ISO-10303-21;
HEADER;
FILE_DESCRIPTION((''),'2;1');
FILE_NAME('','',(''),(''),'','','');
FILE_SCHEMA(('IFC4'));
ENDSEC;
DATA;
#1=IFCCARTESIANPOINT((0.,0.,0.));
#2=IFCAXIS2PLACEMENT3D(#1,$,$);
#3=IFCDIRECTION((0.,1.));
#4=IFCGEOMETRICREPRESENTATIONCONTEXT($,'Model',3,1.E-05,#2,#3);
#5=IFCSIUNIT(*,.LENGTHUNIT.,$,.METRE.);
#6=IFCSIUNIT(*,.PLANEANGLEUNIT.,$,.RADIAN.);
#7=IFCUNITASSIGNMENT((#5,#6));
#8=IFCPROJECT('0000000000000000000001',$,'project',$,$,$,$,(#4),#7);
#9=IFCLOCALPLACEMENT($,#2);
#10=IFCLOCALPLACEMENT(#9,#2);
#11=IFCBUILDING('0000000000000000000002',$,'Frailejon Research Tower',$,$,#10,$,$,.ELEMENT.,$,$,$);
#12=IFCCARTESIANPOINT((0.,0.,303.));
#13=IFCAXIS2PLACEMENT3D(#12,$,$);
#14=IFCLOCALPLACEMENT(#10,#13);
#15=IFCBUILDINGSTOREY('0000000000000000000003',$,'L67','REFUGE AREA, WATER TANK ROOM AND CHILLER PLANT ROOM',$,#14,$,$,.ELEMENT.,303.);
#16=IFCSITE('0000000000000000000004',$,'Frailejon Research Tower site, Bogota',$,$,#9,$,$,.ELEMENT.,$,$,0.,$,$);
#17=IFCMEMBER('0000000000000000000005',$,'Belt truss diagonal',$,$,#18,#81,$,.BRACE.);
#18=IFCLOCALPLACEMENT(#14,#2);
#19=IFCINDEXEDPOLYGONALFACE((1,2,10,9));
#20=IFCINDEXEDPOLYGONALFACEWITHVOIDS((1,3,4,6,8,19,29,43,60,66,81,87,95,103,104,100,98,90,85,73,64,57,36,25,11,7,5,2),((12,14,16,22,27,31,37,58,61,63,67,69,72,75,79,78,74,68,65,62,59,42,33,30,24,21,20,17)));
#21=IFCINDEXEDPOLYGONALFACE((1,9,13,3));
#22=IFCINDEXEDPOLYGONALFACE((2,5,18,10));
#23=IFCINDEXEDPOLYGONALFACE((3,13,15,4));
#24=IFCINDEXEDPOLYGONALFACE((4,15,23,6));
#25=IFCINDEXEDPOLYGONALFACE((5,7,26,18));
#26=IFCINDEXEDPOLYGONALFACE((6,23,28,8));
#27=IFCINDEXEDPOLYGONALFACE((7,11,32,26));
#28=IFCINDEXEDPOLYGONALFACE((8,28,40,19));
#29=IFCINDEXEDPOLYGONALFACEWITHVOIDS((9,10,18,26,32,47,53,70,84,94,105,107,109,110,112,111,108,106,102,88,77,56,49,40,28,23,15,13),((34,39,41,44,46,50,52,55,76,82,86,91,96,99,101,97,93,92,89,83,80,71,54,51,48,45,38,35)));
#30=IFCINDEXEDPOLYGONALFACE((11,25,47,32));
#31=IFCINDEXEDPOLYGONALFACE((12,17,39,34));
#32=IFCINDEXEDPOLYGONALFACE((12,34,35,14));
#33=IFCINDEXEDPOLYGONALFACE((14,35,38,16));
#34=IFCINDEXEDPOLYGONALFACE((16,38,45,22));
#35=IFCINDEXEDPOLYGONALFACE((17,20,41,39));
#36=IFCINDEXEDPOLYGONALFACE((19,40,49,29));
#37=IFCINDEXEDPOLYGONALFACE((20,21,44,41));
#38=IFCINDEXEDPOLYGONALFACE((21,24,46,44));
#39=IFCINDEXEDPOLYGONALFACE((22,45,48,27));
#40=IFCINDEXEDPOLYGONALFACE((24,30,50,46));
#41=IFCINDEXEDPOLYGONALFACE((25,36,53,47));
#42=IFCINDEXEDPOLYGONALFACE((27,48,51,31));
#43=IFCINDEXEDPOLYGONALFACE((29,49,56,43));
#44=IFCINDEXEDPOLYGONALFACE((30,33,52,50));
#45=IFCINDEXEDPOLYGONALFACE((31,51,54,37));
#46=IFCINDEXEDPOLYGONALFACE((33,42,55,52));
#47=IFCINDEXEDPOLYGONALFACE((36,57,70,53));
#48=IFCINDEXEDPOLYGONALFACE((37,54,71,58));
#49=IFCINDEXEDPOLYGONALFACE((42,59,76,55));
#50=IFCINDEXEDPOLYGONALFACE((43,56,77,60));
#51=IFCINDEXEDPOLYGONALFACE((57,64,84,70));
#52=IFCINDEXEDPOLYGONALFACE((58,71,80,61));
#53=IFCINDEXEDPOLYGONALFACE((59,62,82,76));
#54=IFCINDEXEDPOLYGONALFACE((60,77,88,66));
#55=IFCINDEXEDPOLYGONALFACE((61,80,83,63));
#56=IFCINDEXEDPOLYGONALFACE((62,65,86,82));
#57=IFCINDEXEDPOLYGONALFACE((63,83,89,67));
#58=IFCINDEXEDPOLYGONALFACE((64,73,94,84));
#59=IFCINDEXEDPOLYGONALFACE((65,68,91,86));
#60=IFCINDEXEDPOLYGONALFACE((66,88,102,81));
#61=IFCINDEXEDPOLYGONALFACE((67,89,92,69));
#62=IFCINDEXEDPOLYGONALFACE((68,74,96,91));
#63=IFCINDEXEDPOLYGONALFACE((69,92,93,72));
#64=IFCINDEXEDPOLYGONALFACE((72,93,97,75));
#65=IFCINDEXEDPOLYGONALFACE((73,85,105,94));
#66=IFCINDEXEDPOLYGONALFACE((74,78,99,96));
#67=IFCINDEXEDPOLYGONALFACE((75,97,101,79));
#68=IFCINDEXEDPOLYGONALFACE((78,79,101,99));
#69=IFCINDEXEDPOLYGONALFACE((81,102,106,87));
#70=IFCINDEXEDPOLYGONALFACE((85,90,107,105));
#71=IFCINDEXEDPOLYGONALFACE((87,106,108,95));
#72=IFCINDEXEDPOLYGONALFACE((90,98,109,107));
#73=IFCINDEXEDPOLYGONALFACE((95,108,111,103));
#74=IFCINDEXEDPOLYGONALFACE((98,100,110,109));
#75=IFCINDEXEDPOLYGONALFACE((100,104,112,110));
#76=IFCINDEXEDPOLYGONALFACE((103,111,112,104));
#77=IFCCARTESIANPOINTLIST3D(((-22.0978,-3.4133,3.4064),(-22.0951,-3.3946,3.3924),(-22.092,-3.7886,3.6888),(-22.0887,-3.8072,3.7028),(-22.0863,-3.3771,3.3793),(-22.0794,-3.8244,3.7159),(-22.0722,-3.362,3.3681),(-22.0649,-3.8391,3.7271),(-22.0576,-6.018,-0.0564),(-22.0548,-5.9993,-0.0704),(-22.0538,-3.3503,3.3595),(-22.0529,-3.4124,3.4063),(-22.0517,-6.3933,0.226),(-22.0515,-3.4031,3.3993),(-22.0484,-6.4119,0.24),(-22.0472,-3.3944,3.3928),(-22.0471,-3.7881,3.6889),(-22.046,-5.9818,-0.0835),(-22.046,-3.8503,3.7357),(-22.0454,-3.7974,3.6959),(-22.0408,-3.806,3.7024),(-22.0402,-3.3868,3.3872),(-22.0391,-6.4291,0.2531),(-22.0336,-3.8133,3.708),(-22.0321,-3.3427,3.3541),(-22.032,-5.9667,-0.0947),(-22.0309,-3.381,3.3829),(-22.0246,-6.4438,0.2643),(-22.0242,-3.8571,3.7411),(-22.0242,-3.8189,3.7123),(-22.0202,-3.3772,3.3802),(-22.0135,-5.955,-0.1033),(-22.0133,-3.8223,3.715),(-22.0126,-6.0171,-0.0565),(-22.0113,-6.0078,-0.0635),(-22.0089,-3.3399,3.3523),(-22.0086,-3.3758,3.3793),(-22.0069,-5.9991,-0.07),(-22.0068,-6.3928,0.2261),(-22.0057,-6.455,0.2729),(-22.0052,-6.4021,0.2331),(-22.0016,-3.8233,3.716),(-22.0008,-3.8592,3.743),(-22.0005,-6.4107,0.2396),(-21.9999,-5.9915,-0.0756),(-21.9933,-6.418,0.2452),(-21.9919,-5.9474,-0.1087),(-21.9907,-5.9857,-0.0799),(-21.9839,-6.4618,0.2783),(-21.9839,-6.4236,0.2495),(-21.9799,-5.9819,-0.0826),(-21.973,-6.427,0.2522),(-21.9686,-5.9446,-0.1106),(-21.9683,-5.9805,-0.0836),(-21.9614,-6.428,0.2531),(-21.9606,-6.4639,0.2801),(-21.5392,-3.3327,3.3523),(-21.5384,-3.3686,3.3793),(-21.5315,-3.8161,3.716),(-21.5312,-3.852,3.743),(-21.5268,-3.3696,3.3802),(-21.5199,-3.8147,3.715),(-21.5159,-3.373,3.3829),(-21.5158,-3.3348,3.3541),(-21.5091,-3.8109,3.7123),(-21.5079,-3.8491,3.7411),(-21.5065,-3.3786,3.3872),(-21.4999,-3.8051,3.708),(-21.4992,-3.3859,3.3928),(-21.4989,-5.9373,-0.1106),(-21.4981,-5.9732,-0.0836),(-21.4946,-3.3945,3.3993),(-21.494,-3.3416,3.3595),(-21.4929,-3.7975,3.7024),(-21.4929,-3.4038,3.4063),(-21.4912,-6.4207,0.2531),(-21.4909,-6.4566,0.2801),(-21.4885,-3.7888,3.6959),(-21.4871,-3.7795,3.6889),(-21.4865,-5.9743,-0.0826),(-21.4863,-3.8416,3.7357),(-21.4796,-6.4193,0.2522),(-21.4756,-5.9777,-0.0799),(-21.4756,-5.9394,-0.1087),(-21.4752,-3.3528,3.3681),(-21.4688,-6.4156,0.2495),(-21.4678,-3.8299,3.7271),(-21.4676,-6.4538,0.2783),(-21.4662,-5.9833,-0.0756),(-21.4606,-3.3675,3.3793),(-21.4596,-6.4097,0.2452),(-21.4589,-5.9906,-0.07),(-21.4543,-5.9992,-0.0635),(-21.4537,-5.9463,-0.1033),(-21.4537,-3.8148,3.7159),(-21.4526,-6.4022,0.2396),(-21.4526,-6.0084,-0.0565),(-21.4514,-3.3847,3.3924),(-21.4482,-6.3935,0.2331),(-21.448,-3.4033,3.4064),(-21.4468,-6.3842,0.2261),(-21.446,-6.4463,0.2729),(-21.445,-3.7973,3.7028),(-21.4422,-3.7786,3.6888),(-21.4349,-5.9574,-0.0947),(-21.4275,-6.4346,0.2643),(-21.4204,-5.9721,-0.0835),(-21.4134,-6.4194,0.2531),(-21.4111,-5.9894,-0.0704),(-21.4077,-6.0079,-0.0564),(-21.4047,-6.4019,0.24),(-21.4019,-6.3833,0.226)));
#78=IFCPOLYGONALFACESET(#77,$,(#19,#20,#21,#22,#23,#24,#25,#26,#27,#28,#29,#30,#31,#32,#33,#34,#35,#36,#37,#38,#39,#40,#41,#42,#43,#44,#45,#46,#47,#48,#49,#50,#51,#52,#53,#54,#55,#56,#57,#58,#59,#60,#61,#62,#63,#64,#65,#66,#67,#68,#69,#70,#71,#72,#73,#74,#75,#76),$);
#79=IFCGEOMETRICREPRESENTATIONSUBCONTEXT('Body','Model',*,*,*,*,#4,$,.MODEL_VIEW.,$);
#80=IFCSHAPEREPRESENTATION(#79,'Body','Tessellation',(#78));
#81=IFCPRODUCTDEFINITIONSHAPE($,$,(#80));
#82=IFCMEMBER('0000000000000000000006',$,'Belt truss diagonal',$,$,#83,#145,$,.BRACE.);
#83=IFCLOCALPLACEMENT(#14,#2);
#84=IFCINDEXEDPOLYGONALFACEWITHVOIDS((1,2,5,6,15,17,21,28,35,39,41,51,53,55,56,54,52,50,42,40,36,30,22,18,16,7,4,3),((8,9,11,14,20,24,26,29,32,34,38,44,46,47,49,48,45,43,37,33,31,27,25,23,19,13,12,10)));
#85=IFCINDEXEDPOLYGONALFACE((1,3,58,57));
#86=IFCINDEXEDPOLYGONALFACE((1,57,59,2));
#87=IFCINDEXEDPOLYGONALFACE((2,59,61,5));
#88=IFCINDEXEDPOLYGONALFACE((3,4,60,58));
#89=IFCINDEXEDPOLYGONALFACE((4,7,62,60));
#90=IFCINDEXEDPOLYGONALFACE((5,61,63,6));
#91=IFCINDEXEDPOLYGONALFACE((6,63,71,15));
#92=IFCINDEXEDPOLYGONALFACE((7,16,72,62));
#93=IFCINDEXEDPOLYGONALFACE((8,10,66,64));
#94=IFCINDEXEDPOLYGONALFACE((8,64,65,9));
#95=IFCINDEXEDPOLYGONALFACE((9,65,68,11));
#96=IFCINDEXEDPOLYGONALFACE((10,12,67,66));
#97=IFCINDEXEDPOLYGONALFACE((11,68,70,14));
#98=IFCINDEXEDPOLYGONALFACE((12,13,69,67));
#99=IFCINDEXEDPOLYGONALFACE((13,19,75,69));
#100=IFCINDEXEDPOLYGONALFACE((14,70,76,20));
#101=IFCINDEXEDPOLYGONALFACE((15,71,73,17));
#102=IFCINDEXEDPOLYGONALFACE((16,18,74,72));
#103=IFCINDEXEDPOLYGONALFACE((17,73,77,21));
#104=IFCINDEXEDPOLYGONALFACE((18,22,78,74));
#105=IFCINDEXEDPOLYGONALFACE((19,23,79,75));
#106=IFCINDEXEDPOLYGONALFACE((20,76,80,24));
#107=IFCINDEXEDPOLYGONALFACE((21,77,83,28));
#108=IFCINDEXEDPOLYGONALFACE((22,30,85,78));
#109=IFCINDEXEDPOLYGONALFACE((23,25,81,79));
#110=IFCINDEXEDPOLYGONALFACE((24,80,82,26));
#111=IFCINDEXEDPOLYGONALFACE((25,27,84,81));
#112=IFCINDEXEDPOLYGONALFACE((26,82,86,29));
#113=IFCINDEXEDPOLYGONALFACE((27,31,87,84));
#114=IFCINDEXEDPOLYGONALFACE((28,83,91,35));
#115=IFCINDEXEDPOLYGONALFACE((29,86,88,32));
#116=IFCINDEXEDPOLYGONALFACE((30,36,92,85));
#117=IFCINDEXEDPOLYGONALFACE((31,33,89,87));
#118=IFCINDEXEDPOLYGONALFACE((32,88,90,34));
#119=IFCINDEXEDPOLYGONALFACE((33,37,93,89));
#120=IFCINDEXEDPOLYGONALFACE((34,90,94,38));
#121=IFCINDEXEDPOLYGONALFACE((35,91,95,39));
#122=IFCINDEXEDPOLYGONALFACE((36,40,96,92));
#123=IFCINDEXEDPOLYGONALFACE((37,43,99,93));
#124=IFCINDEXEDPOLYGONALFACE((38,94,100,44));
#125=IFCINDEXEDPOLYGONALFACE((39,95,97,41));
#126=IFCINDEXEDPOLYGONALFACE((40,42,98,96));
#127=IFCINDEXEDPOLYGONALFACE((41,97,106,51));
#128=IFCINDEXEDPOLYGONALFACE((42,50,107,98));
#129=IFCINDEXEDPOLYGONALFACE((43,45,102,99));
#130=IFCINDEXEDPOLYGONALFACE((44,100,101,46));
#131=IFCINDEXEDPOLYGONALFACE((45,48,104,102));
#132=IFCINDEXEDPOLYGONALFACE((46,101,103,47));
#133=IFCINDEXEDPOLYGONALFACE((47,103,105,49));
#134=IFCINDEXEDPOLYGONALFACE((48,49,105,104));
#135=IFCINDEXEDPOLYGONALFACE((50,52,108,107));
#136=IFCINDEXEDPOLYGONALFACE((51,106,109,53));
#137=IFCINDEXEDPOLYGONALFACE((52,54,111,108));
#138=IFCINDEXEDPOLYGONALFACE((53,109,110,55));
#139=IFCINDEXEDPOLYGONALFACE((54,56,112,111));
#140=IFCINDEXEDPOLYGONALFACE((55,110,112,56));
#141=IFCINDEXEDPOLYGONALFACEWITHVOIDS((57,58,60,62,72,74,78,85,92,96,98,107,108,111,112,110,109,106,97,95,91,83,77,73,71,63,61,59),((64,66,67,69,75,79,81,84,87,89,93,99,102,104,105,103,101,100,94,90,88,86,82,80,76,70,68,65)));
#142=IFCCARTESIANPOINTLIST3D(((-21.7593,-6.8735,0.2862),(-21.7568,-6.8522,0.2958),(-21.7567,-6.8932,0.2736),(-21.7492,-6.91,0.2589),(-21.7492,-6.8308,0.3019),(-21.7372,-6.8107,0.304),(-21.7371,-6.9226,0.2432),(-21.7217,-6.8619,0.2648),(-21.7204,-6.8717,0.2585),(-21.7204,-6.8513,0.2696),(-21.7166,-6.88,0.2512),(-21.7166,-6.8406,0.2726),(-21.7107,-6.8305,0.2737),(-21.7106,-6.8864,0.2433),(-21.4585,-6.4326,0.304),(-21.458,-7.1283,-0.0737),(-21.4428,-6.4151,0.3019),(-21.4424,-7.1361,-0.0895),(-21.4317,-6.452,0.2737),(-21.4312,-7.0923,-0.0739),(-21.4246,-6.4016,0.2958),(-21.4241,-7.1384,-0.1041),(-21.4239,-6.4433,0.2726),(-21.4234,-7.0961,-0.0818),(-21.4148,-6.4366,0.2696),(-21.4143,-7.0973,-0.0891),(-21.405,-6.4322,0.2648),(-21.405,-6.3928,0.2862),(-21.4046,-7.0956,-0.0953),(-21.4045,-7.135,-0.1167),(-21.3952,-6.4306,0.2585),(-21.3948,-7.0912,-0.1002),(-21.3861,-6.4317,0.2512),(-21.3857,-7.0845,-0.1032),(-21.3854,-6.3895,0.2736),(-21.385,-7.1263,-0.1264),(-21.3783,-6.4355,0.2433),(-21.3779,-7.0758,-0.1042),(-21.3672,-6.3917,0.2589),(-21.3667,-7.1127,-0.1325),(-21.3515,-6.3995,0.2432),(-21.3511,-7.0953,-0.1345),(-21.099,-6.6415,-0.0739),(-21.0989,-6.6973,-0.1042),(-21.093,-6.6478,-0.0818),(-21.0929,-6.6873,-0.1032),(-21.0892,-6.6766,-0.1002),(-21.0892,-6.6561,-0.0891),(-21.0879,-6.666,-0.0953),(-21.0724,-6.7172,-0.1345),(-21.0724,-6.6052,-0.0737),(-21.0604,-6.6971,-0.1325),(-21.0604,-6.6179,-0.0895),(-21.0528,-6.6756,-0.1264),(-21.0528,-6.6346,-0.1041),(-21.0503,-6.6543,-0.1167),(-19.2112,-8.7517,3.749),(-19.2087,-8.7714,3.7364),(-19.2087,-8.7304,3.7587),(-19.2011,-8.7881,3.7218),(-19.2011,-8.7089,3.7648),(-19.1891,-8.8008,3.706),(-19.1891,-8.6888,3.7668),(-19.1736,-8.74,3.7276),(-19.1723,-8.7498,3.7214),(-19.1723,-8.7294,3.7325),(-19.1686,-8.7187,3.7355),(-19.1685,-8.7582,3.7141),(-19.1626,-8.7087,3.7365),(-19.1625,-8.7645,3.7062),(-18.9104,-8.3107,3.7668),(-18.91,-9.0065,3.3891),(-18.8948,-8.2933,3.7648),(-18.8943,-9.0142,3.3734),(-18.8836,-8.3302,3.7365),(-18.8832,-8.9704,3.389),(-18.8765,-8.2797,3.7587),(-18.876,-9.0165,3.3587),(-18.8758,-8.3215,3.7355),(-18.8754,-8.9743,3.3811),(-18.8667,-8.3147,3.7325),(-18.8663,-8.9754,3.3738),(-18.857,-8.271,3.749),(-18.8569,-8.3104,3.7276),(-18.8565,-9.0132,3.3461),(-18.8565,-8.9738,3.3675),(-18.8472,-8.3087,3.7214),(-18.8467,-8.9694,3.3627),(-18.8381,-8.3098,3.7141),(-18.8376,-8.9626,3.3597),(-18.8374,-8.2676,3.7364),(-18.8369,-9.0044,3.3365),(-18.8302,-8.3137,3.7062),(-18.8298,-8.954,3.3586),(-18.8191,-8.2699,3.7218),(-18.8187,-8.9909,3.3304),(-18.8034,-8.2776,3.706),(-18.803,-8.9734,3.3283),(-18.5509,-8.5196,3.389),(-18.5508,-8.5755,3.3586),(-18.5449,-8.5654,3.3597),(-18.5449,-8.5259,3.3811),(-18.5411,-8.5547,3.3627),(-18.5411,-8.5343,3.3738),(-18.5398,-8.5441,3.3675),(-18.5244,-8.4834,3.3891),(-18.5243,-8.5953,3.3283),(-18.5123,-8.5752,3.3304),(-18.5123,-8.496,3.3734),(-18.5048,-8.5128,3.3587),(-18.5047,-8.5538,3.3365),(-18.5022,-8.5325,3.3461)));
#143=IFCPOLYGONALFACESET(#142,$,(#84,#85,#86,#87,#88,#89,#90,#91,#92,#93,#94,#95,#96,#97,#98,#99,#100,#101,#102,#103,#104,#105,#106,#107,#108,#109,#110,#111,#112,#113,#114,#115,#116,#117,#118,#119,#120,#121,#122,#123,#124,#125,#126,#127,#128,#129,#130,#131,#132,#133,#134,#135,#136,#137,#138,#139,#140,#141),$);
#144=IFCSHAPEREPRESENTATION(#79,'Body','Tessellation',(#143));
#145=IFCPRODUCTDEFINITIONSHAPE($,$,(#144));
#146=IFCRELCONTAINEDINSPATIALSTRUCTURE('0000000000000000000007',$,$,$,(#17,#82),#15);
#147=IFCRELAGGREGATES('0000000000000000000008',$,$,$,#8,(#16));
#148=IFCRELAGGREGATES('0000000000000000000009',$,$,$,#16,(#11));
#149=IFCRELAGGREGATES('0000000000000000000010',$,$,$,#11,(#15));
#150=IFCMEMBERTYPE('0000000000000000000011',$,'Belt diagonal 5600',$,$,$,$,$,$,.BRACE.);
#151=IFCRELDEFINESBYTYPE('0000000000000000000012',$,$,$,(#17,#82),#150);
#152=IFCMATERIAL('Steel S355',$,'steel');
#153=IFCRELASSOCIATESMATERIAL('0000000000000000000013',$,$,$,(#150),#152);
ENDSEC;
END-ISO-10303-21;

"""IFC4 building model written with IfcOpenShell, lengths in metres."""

from ifc_helpers import new_model, si_unit, direction, frame, origin, origin_2d, place, context, subcontext, project, spatial, hollow_rectangle, extrude, material, material_profile, profile_set, type_object, element, save


model = new_model("IFC4")

# Units and contexts
model_context = context("Model", 3, precision=1e-05, world=origin(), true_north=direction((0.0, 1.0)))
body_context = subcontext(model_context, "Body", "Model", "MODEL_VIEW")
ifc_project = project(units=[si_unit("LENGTHUNIT", "METRE"), si_unit("PLANEANGLEUNIT", "RADIAN")], contexts=[model_context])

# Site, building, storey
site_placement = place(None, origin())
site = spatial("IfcSite", under=ifc_project, at=site_placement, Name="Frailejon Research Tower site, Bogota", CompositionType="ELEMENT", RefElevation=0.0)
building_placement = place(site_placement, origin())
building = spatial("IfcBuilding", under=site, at=building_placement, Name="Frailejon Research Tower", CompositionType="ELEMENT")
storey_placement = place(building_placement, frame((0.0, 0.0, 303.0)))
storey = spatial("IfcBuildingStorey", under=building, at=storey_placement, Name="L67", Description="REFUGE AREA, WATER TANK ROOM AND CHILLER PLANT ROOM", CompositionType="ELEMENT", Elevation=303.0)

# Members
ifc_material_1 = material(Name="Steel S355", Category="steel")
ifc_material_profile_1 = material_profile(ifc_material_1, hollow_rectangle(XDim=0.6499, YDim=0.6499, WallThickness=0.0449, InnerFilletRadius=0.0449, OuterFilletRadius=0.0901, at=origin_2d()), Name="Belt diagonal 5600")
ifc_profile_set_1 = profile_set([ifc_material_profile_1], Name="Steel S355")
member_type = type_object("IfcMemberType", Name="Belt diagonal 5600", PredefinedType="BRACE", material=ifc_profile_set_1)
member_1_placement = place(storey_placement, frame((-21.77, -3.5959, 3.5476), z_axis=(0.009296, -0.601091, -0.799126), x_axis=(0.99988, 0.015464, 0.0)))
element("IfcMember", 1, at=member_1_placement, inside=storey, type_object=member_type, Name="Belt truss diagonal", PredefinedType="BRACE", context=body_context, shape_type="SweptSolid", body=[
    extrude(hollow_rectangle(XDim=0.6499, YDim=0.6499, WallThickness=0.0449, InnerFilletRadius=0.0449, OuterFilletRadius=0.0901, at=origin_2d()), origin(), (0.0, 0.0, 1.0), 4.3333),
])
member_2_placement = place(storey_placement, frame((-21.4048, -6.7639, 0.0847), z_axis=(0.543108, -0.400319, 0.73809), x_axis=(0.593328, 0.804961, 0.0)))
element("IfcMember", 2, at=member_2_placement, inside=storey, type_object=member_type, Name="Belt truss diagonal", PredefinedType="BRACE", context=body_context, shape_type="SweptSolid", body=[
    extrude(hollow_rectangle(XDim=0.6499, YDim=0.6499, WallThickness=0.0449, InnerFilletRadius=0.0449, OuterFilletRadius=0.0901, at=origin_2d()), origin(), (0.0, 0.0, 1.0), 4.6917),
])

save(model, "model.ifc")
